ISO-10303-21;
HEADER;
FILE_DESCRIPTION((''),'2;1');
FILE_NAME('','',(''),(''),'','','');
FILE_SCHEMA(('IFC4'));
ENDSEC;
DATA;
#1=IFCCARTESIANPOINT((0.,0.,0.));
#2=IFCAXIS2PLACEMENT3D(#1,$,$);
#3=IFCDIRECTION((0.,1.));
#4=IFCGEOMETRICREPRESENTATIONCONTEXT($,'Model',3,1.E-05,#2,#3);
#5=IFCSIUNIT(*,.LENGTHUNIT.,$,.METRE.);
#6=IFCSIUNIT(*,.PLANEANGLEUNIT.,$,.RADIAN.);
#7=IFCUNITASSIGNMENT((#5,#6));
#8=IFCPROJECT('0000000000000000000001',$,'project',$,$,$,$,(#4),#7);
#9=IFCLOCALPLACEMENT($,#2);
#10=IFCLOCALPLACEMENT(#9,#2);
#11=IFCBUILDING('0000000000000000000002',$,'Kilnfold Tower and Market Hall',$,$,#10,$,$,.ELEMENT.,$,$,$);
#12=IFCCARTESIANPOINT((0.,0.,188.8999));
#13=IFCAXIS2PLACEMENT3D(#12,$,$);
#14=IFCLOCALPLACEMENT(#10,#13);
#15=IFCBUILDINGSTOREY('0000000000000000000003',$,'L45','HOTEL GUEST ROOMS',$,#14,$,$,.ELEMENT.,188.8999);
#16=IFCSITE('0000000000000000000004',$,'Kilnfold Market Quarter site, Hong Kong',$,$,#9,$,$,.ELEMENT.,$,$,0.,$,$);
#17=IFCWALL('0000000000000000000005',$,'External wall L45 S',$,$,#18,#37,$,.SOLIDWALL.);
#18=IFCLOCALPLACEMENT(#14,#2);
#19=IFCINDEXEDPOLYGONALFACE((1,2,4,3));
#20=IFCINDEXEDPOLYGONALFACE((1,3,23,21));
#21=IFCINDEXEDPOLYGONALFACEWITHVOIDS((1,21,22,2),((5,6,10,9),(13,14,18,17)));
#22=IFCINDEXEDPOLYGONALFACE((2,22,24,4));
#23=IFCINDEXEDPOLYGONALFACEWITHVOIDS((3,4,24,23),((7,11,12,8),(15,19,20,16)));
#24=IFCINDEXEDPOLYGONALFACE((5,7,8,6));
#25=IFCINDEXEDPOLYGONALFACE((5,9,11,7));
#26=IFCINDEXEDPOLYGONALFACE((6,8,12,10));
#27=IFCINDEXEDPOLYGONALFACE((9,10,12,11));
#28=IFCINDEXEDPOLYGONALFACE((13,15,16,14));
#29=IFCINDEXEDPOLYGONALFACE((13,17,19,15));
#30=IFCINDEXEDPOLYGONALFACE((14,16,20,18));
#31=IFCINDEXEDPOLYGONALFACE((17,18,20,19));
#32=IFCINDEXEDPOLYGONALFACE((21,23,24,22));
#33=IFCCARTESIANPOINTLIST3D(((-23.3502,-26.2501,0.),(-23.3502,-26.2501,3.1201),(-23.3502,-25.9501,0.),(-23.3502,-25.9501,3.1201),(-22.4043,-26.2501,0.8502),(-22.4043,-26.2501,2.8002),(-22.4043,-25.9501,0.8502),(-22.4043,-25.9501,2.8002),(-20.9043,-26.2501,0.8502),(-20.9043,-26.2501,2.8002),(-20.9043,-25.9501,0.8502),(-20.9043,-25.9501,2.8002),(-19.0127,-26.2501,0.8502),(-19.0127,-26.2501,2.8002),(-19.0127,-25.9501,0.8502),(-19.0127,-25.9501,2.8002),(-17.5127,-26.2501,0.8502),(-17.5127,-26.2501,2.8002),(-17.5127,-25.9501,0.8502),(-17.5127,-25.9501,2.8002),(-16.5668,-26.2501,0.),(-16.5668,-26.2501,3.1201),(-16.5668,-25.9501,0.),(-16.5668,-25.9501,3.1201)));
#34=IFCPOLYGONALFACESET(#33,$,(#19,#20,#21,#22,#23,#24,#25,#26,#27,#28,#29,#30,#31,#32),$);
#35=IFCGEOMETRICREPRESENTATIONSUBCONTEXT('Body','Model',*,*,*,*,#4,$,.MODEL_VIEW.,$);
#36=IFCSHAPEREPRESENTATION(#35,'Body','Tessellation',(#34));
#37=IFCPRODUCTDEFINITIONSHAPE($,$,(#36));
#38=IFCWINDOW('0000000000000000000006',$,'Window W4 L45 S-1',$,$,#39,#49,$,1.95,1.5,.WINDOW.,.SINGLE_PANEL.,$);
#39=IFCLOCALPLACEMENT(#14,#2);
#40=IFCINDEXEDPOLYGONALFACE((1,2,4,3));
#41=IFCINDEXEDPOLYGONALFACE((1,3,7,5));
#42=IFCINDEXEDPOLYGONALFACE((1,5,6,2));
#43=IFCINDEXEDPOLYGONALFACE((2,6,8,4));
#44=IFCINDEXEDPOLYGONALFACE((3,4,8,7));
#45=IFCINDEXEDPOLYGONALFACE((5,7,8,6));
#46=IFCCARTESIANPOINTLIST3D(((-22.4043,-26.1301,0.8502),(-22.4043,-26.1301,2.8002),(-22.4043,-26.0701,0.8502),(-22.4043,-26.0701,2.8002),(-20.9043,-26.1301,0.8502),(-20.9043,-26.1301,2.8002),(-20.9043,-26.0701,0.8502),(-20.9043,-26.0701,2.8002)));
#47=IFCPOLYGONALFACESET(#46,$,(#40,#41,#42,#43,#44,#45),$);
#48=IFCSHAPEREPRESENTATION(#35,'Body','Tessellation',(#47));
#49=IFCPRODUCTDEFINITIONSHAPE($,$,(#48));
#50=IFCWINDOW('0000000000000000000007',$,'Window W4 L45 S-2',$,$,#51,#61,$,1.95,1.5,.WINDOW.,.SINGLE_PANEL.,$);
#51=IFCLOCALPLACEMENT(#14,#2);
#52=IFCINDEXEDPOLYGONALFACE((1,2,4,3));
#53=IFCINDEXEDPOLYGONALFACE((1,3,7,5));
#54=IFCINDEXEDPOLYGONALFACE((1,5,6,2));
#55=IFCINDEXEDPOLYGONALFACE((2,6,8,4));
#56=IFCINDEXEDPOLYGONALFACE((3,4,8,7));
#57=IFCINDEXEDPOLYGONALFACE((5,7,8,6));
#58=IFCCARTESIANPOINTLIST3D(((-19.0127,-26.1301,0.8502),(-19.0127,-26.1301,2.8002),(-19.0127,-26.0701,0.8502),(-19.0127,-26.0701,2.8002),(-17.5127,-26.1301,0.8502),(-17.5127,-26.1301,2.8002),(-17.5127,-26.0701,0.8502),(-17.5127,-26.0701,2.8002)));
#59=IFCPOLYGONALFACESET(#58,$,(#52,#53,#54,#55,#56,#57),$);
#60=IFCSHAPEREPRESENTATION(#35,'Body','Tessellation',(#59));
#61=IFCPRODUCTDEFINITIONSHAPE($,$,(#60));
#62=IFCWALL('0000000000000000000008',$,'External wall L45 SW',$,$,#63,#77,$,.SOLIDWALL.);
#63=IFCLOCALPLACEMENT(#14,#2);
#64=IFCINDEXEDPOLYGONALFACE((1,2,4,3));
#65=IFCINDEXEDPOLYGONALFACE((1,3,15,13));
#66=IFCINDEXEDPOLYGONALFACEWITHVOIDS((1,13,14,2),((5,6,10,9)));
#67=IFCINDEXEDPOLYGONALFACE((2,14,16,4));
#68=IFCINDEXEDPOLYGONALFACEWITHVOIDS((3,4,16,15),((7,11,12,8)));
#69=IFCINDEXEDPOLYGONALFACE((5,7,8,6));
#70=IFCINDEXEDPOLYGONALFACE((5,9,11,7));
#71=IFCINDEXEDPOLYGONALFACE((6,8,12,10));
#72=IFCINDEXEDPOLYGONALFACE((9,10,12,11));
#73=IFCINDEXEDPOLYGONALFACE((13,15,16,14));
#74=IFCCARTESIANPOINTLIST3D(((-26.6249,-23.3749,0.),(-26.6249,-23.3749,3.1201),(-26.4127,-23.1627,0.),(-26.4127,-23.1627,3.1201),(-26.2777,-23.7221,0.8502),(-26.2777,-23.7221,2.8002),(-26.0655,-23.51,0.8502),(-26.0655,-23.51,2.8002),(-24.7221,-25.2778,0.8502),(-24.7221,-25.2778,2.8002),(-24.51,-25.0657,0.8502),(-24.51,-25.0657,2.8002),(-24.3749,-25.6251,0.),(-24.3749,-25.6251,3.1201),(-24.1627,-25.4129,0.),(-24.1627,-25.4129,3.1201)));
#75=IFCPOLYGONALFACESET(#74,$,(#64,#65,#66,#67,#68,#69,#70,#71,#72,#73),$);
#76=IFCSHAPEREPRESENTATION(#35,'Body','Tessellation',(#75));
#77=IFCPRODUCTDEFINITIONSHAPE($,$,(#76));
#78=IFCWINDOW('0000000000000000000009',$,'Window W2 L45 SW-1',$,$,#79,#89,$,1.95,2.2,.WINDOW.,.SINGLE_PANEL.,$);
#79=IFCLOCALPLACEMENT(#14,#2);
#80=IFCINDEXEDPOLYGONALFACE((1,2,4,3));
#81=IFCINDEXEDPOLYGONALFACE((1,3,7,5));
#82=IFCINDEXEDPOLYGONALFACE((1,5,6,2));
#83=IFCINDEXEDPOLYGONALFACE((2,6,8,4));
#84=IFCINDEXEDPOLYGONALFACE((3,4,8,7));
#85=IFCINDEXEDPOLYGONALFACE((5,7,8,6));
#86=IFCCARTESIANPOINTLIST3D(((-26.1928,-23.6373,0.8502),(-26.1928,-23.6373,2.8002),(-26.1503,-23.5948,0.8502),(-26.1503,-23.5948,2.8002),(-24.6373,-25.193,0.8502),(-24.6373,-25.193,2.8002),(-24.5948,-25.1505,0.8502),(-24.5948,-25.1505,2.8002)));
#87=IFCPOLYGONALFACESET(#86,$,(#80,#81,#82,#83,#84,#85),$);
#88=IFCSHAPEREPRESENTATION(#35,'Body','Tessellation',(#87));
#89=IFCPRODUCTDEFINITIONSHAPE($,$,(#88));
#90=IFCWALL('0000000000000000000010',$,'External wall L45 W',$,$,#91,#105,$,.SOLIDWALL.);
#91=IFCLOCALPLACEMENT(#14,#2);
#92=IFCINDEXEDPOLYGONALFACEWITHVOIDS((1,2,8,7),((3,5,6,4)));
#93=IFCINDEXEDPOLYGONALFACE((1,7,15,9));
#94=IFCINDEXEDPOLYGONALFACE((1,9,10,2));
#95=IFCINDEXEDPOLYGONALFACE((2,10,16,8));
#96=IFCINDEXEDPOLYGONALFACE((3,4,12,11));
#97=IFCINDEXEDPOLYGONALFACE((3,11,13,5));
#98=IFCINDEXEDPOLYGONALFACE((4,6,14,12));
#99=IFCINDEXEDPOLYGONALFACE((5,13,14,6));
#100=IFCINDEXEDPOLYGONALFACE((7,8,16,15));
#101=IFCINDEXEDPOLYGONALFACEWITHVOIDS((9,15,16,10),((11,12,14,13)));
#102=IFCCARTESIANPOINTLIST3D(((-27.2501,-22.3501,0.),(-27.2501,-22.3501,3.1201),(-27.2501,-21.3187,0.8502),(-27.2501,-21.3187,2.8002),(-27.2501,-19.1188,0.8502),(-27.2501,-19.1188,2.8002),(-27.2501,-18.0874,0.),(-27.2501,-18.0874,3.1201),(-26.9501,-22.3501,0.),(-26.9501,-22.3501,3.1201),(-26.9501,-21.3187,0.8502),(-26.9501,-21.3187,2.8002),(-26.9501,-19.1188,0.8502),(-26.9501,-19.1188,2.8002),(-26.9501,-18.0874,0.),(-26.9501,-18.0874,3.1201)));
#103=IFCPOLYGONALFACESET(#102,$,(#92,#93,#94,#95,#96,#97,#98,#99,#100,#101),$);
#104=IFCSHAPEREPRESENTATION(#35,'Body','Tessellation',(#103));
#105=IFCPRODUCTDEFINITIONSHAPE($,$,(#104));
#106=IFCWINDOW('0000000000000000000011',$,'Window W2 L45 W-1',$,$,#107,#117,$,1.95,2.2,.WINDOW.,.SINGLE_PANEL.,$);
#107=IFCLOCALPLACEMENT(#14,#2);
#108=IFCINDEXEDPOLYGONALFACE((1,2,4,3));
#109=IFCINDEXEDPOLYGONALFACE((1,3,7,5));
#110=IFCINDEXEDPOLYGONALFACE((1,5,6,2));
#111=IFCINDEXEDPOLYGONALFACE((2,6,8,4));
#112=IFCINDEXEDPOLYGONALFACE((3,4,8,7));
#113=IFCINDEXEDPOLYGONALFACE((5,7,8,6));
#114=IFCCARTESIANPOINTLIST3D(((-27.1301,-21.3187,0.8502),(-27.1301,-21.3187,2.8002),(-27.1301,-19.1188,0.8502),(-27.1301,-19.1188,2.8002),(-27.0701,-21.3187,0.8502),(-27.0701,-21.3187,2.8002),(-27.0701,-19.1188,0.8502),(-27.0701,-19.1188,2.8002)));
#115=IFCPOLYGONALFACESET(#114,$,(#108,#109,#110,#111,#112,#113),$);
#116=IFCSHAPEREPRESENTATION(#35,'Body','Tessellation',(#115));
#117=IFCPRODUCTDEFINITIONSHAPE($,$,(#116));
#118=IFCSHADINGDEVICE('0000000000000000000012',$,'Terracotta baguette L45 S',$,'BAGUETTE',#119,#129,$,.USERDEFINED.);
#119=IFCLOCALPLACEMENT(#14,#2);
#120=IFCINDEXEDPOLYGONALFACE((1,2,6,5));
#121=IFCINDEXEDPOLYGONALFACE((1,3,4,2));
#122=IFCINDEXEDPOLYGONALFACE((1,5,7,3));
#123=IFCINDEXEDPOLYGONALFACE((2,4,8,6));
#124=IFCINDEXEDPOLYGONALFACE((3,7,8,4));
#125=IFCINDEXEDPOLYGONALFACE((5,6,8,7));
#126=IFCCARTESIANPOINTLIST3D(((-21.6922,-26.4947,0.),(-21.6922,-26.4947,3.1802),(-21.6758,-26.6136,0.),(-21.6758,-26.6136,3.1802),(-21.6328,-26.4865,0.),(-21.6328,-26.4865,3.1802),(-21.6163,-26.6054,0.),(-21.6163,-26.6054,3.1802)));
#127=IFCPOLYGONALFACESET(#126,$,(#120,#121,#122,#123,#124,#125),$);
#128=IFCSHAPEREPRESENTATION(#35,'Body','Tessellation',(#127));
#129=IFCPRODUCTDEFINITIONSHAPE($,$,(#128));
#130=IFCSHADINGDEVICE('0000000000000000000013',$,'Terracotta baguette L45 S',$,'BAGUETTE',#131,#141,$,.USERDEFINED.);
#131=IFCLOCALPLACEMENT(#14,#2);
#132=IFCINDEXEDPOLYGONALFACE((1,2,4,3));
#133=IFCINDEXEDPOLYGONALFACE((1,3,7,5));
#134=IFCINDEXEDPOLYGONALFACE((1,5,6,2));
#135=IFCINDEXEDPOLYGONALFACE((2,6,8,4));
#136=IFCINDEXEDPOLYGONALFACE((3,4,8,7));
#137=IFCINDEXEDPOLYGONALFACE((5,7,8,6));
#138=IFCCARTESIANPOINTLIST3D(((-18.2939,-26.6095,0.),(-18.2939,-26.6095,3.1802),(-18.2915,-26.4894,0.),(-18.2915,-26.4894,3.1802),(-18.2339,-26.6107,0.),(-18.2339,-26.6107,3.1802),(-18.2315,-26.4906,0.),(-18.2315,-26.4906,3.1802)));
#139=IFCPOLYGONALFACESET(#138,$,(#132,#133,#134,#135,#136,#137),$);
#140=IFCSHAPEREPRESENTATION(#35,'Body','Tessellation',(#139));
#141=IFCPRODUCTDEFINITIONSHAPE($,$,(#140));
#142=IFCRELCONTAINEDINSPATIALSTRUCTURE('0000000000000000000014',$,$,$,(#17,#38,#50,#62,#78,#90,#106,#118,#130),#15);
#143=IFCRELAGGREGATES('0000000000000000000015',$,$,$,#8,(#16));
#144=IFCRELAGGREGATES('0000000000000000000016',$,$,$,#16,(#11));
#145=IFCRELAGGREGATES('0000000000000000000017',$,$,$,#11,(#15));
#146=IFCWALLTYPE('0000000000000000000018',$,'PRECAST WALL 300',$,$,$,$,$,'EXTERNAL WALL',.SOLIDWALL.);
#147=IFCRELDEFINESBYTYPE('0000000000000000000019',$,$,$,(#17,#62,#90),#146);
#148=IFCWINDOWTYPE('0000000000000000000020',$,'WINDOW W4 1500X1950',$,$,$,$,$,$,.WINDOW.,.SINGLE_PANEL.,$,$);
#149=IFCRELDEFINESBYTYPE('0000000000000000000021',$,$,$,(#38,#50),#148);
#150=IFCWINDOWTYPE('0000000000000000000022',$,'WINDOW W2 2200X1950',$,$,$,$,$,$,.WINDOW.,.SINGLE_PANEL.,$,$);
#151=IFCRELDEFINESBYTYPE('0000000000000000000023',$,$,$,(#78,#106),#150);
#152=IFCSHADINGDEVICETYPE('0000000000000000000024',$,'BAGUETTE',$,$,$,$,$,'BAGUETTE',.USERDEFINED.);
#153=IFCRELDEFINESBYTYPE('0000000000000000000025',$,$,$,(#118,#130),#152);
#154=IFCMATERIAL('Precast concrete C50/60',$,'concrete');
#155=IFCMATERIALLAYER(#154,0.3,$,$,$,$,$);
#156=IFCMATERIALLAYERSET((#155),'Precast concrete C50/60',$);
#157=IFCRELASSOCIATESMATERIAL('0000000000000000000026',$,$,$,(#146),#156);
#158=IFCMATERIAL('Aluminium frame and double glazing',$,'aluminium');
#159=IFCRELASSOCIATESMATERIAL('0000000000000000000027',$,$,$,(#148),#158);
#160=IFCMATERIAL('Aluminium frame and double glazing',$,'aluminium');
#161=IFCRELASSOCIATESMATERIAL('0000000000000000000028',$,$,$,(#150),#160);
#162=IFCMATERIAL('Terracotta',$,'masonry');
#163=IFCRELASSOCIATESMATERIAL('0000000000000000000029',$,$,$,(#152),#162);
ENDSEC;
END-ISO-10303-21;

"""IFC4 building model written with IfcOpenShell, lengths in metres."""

from ifc_helpers import new_model, si_unit, direction, frame, frame_2d, origin, origin_2d, place, context, subcontext, project, spatial, rectangle, extrude, source, transform, mapped, material, layer, layer_set, material_profile, profile_set, type_object, element, fill, save


model = new_model("IFC4")

# Units and contexts
model_context = context("Model", 3, precision=1e-05, world=origin(), true_north=direction((0.0, 1.0)))
body_context = subcontext(model_context, "Body", "Model", "MODEL_VIEW")
ifc_project = project(units=[si_unit("LENGTHUNIT", "METRE"), si_unit("PLANEANGLEUNIT", "RADIAN")], contexts=[model_context])

# Site, building, storey
site_placement = place(None, origin())
site = spatial("IfcSite", under=ifc_project, at=site_placement, Name="Kilnfold Market Quarter site, Hong Kong", CompositionType="ELEMENT", RefElevation=0.0)
building_placement = place(site_placement, origin())
building = spatial("IfcBuilding", under=site, at=building_placement, Name="Kilnfold Tower and Market Hall", CompositionType="ELEMENT")
storey_placement = place(building_placement, frame((0.0, 0.0, 188.8999)))
storey = spatial("IfcBuildingStorey", under=building, at=storey_placement, Name="L45", Description="HOTEL GUEST ROOMS", CompositionType="ELEMENT", Elevation=188.8999)

# Wall, openings, windows
ifc_material_1 = material(Name="Precast concrete C50/60", Category="concrete")
ifc_layer_1 = layer(ifc_material_1, 0.3)
ifc_layer_set_1 = layer_set([ifc_layer_1], Name="Precast concrete C50/60")
wall_type_1 = type_object("IfcWallType", Name="PRECAST WALL 300", ElementType="EXTERNAL WALL", PredefinedType="SOLIDWALL", material=ifc_layer_set_1)
shared_shape_1 = source(origin(), body_context, "Body", "SweptSolid", [
    extrude(rectangle(XDim=6.7834, YDim=0.3, at=frame_2d((3.3916, 0.0))), origin(), (0.0, 0.0, 1.0), 3.1201),
])
wall_1_placement = place(storey_placement, frame((-23.3501, -26.1001, 0.0), z_axis=(0.0, 0.0, 1.0), x_axis=(1.0, 0.0, 0.0)))
wall_1 = element("IfcWall", 1, at=wall_1_placement, inside=storey, type_object=wall_type_1, Name="External wall L45 S", PredefinedType="SOLIDWALL", context=body_context, shape_type="MappedRepresentation", body=[
    mapped(shared_shape_1, transform((0.0, 0.0, 0.0))),
])
opening_1_placement = place(wall_1_placement, frame((0.9458, 0.0, 0.8501)))
opening_1 = element("IfcOpeningElement", 2, at=opening_1_placement, cuts=wall_1, PredefinedType="OPENING", context=body_context, shape_type="SweptSolid", body=[
    extrude(rectangle(XDim=1.5, YDim=1.95, at=frame_2d((0.75, 0.9751))), frame((0.0, 0.1602, 0.0), z_axis=(0.0, -1.0, 0.0), x_axis=(1.0, 0.0, 0.0)), (0.0, 0.0, 1.0), 0.3201),
])
opening_2_placement = place(wall_1_placement, frame((4.3374, 0.0, 0.8501)))
opening_2 = element("IfcOpeningElement", 3, at=opening_2_placement, cuts=wall_1, PredefinedType="OPENING", context=body_context, shape_type="SweptSolid", body=[
    extrude(rectangle(XDim=1.5, YDim=1.95, at=frame_2d((0.75, 0.9751))), frame((0.0, 0.1602, 0.0), z_axis=(0.0, -1.0, 0.0), x_axis=(1.0, 0.0, 0.0)), (0.0, 0.0, 1.0), 0.3201),
])
ifc_material_2 = material(Name="Aluminium frame and double glazing", Category="aluminium")
window_type_1 = type_object("IfcWindowType", Name="WINDOW W4 1500X1950", PartitioningType="SINGLE_PANEL", PredefinedType="WINDOW", material=ifc_material_2)
window_1_placement = place(opening_1_placement, origin())
window_1 = element("IfcWindow", 4, at=window_1_placement, inside=storey, type_object=window_type_1, Name="Window W4 L45 S-1", OverallHeight=1.95, OverallWidth=1.5, PartitioningType="SINGLE_PANEL", PredefinedType="WINDOW", context=body_context, shape_type="SweptSolid", body=[
    extrude(rectangle(XDim=1.5, YDim=1.95, at=frame_2d((0.75, 0.9751))), frame((0.0, 0.03, 0.0), z_axis=(0.0, -1.0, 0.0), x_axis=(1.0, 0.0, 0.0)), (0.0, 0.0, 1.0), 0.0601),
])
fill(opening_1, window_1)
window_2_placement = place(opening_2_placement, origin())
window_2 = element("IfcWindow", 5, at=window_2_placement, inside=storey, type_object=window_type_1, Name="Window W4 L45 S-2", OverallHeight=1.95, OverallWidth=1.5, PartitioningType="SINGLE_PANEL", PredefinedType="WINDOW", context=body_context, shape_type="SweptSolid", body=[
    extrude(rectangle(XDim=1.5, YDim=1.95, at=frame_2d((0.75, 0.9751))), frame((0.0, 0.03, 0.0), z_axis=(0.0, -1.0, 0.0), x_axis=(1.0, 0.0, 0.0)), (0.0, 0.0, 1.0), 0.0601),
])
fill(opening_2, window_2)

# Walls, openings, windows
shared_shape_2 = source(origin(), body_context, "Body", "SweptSolid", [
    extrude(rectangle(XDim=3.1821, YDim=0.3, at=frame_2d((1.5911, 0.0))), origin(), (0.0, 0.0, 1.0), 3.1201),
])
wall_2_placement = place(storey_placement, frame((-26.5188, -23.2688, 0.0), z_axis=(0.0, 0.0, 1.0), x_axis=(0.707068, -0.707145, 0.0)))
wall_2 = element("IfcWall", 6, at=wall_2_placement, inside=storey, type_object=wall_type_1, Name="External wall L45 SW", PredefinedType="SOLIDWALL", context=body_context, shape_type="MappedRepresentation", body=[
    mapped(shared_shape_2, transform((0.0, 0.0, 0.0))),
])
opening_3_placement = place(wall_2_placement, frame((0.491, 0.0, 0.8501)))
opening_3 = element("IfcOpeningElement", 7, at=opening_3_placement, cuts=wall_2, PredefinedType="OPENING", context=body_context, shape_type="SweptSolid", body=[
    extrude(rectangle(XDim=2.2, YDim=1.95, at=frame_2d((1.1001, 0.9751))), frame((0.0, 0.1602, 0.0), z_axis=(0.0, -1.0, 0.0), x_axis=(1.0, 0.0, 0.0)), (0.0, 0.0, 1.0), 0.3201),
])
ifc_material_3 = material(Name="Aluminium frame and double glazing", Category="aluminium")
window_type_2 = type_object("IfcWindowType", Name="WINDOW W2 2200X1950", PartitioningType="SINGLE_PANEL", PredefinedType="WINDOW", material=ifc_material_3)
window_3_placement = place(opening_3_placement, origin())
window_3 = element("IfcWindow", 8, at=window_3_placement, inside=storey, type_object=window_type_2, Name="Window W2 L45 SW-1", OverallHeight=1.95, OverallWidth=2.2, PartitioningType="SINGLE_PANEL", PredefinedType="WINDOW", context=body_context, shape_type="SweptSolid", body=[
    extrude(rectangle(XDim=2.2, YDim=1.95, at=frame_2d((1.1001, 0.9751))), frame((0.0, 0.03, 0.0), z_axis=(0.0, -1.0, 0.0), x_axis=(1.0, 0.0, 0.0)), (0.0, 0.0, 1.0), 0.0601),
])
fill(opening_3, window_3)
shared_shape_3 = source(origin(), body_context, "Body", "SweptSolid", [
    extrude(rectangle(XDim=4.2627, YDim=0.3, at=frame_2d((2.1313, 0.0))), origin(), (0.0, 0.0, 1.0), 3.1201),
])
wall_3_placement = place(storey_placement, frame((-27.1001, -18.0874, 0.0), z_axis=(0.0, 0.0, 1.0), x_axis=(0.0, -1.0, 0.0)))
wall_3 = element("IfcWall", 9, at=wall_3_placement, inside=storey, type_object=wall_type_1, Name="External wall L45 W", PredefinedType="SOLIDWALL", context=body_context, shape_type="MappedRepresentation", body=[
    mapped(shared_shape_3, transform((0.0, 0.0, 0.0))),
])
opening_4_placement = place(wall_3_placement, frame((1.0312, 0.0, 0.8501)))
opening_4 = element("IfcOpeningElement", 10, at=opening_4_placement, cuts=wall_3, PredefinedType="OPENING", context=body_context, shape_type="SweptSolid", body=[
    extrude(rectangle(XDim=2.2, YDim=1.95, at=frame_2d((1.1001, 0.9751))), frame((0.0, 0.1602, 0.0), z_axis=(0.0, -1.0, 0.0), x_axis=(1.0, 0.0, 0.0)), (0.0, 0.0, 1.0), 0.3201),
])
window_4_placement = place(opening_4_placement, origin())
window_4 = element("IfcWindow", 11, at=window_4_placement, inside=storey, type_object=window_type_2, Name="Window W2 L45 W-1", OverallHeight=1.95, OverallWidth=2.2, PartitioningType="SINGLE_PANEL", PredefinedType="WINDOW", context=body_context, shape_type="SweptSolid", body=[
    extrude(rectangle(XDim=2.2, YDim=1.95, at=frame_2d((1.1001, 0.9751))), frame((0.0, 0.03, 0.0), z_axis=(0.0, -1.0, 0.0), x_axis=(1.0, 0.0, 0.0)), (0.0, 0.0, 1.0), 0.0601),
])
fill(opening_4, window_4)

# Shading devices
ifc_material_4 = material(Name="Terracotta", Category="masonry")
ifc_material_profile_1 = material_profile(ifc_material_4, rectangle(XDim=0.0601, YDim=0.1201, at=origin_2d()), Name="BAG 60x120")
ifc_profile_set_1 = profile_set([ifc_material_profile_1], Name="Terracotta")
shading_device_type = type_object("IfcShadingDeviceType", Name="BAGUETTE", ElementType="BAGUETTE", PredefinedType="USERDEFINED", material=ifc_profile_set_1)
shared_shape_4 = source(origin(), body_context, "Body", "SweptSolid", [
    extrude(rectangle(XDim=0.0601, YDim=0.1201, at=origin_2d()), origin(), (0.0, 0.0, 1.0), 3.1802),
])
for number, where, z_axis, x_axis, name in (
    (12, (-21.6543, -26.55, 0.0), (0.0, 0.0, 1.0), (0.990625, 0.136608, 0.0), "Terracotta baguette L45 S"),
    (13, (-18.2627, -26.55, 0.0), (0.0, 0.0, 1.0), (0.999799, -0.020072, 0.0), "Terracotta baguette L45 S"),
):
    element("IfcShadingDevice", number, at=place(storey_placement, frame(where, z_axis=z_axis, x_axis=x_axis)), inside=storey, type_object=shading_device_type, Name=name, ObjectType="BAGUETTE", PredefinedType="USERDEFINED", context=body_context, shape_type="MappedRepresentation", body=[
        mapped(shared_shape_4, transform((0.0, 0.0, 0.0))),
    ])

save(model, "model.ifc")
